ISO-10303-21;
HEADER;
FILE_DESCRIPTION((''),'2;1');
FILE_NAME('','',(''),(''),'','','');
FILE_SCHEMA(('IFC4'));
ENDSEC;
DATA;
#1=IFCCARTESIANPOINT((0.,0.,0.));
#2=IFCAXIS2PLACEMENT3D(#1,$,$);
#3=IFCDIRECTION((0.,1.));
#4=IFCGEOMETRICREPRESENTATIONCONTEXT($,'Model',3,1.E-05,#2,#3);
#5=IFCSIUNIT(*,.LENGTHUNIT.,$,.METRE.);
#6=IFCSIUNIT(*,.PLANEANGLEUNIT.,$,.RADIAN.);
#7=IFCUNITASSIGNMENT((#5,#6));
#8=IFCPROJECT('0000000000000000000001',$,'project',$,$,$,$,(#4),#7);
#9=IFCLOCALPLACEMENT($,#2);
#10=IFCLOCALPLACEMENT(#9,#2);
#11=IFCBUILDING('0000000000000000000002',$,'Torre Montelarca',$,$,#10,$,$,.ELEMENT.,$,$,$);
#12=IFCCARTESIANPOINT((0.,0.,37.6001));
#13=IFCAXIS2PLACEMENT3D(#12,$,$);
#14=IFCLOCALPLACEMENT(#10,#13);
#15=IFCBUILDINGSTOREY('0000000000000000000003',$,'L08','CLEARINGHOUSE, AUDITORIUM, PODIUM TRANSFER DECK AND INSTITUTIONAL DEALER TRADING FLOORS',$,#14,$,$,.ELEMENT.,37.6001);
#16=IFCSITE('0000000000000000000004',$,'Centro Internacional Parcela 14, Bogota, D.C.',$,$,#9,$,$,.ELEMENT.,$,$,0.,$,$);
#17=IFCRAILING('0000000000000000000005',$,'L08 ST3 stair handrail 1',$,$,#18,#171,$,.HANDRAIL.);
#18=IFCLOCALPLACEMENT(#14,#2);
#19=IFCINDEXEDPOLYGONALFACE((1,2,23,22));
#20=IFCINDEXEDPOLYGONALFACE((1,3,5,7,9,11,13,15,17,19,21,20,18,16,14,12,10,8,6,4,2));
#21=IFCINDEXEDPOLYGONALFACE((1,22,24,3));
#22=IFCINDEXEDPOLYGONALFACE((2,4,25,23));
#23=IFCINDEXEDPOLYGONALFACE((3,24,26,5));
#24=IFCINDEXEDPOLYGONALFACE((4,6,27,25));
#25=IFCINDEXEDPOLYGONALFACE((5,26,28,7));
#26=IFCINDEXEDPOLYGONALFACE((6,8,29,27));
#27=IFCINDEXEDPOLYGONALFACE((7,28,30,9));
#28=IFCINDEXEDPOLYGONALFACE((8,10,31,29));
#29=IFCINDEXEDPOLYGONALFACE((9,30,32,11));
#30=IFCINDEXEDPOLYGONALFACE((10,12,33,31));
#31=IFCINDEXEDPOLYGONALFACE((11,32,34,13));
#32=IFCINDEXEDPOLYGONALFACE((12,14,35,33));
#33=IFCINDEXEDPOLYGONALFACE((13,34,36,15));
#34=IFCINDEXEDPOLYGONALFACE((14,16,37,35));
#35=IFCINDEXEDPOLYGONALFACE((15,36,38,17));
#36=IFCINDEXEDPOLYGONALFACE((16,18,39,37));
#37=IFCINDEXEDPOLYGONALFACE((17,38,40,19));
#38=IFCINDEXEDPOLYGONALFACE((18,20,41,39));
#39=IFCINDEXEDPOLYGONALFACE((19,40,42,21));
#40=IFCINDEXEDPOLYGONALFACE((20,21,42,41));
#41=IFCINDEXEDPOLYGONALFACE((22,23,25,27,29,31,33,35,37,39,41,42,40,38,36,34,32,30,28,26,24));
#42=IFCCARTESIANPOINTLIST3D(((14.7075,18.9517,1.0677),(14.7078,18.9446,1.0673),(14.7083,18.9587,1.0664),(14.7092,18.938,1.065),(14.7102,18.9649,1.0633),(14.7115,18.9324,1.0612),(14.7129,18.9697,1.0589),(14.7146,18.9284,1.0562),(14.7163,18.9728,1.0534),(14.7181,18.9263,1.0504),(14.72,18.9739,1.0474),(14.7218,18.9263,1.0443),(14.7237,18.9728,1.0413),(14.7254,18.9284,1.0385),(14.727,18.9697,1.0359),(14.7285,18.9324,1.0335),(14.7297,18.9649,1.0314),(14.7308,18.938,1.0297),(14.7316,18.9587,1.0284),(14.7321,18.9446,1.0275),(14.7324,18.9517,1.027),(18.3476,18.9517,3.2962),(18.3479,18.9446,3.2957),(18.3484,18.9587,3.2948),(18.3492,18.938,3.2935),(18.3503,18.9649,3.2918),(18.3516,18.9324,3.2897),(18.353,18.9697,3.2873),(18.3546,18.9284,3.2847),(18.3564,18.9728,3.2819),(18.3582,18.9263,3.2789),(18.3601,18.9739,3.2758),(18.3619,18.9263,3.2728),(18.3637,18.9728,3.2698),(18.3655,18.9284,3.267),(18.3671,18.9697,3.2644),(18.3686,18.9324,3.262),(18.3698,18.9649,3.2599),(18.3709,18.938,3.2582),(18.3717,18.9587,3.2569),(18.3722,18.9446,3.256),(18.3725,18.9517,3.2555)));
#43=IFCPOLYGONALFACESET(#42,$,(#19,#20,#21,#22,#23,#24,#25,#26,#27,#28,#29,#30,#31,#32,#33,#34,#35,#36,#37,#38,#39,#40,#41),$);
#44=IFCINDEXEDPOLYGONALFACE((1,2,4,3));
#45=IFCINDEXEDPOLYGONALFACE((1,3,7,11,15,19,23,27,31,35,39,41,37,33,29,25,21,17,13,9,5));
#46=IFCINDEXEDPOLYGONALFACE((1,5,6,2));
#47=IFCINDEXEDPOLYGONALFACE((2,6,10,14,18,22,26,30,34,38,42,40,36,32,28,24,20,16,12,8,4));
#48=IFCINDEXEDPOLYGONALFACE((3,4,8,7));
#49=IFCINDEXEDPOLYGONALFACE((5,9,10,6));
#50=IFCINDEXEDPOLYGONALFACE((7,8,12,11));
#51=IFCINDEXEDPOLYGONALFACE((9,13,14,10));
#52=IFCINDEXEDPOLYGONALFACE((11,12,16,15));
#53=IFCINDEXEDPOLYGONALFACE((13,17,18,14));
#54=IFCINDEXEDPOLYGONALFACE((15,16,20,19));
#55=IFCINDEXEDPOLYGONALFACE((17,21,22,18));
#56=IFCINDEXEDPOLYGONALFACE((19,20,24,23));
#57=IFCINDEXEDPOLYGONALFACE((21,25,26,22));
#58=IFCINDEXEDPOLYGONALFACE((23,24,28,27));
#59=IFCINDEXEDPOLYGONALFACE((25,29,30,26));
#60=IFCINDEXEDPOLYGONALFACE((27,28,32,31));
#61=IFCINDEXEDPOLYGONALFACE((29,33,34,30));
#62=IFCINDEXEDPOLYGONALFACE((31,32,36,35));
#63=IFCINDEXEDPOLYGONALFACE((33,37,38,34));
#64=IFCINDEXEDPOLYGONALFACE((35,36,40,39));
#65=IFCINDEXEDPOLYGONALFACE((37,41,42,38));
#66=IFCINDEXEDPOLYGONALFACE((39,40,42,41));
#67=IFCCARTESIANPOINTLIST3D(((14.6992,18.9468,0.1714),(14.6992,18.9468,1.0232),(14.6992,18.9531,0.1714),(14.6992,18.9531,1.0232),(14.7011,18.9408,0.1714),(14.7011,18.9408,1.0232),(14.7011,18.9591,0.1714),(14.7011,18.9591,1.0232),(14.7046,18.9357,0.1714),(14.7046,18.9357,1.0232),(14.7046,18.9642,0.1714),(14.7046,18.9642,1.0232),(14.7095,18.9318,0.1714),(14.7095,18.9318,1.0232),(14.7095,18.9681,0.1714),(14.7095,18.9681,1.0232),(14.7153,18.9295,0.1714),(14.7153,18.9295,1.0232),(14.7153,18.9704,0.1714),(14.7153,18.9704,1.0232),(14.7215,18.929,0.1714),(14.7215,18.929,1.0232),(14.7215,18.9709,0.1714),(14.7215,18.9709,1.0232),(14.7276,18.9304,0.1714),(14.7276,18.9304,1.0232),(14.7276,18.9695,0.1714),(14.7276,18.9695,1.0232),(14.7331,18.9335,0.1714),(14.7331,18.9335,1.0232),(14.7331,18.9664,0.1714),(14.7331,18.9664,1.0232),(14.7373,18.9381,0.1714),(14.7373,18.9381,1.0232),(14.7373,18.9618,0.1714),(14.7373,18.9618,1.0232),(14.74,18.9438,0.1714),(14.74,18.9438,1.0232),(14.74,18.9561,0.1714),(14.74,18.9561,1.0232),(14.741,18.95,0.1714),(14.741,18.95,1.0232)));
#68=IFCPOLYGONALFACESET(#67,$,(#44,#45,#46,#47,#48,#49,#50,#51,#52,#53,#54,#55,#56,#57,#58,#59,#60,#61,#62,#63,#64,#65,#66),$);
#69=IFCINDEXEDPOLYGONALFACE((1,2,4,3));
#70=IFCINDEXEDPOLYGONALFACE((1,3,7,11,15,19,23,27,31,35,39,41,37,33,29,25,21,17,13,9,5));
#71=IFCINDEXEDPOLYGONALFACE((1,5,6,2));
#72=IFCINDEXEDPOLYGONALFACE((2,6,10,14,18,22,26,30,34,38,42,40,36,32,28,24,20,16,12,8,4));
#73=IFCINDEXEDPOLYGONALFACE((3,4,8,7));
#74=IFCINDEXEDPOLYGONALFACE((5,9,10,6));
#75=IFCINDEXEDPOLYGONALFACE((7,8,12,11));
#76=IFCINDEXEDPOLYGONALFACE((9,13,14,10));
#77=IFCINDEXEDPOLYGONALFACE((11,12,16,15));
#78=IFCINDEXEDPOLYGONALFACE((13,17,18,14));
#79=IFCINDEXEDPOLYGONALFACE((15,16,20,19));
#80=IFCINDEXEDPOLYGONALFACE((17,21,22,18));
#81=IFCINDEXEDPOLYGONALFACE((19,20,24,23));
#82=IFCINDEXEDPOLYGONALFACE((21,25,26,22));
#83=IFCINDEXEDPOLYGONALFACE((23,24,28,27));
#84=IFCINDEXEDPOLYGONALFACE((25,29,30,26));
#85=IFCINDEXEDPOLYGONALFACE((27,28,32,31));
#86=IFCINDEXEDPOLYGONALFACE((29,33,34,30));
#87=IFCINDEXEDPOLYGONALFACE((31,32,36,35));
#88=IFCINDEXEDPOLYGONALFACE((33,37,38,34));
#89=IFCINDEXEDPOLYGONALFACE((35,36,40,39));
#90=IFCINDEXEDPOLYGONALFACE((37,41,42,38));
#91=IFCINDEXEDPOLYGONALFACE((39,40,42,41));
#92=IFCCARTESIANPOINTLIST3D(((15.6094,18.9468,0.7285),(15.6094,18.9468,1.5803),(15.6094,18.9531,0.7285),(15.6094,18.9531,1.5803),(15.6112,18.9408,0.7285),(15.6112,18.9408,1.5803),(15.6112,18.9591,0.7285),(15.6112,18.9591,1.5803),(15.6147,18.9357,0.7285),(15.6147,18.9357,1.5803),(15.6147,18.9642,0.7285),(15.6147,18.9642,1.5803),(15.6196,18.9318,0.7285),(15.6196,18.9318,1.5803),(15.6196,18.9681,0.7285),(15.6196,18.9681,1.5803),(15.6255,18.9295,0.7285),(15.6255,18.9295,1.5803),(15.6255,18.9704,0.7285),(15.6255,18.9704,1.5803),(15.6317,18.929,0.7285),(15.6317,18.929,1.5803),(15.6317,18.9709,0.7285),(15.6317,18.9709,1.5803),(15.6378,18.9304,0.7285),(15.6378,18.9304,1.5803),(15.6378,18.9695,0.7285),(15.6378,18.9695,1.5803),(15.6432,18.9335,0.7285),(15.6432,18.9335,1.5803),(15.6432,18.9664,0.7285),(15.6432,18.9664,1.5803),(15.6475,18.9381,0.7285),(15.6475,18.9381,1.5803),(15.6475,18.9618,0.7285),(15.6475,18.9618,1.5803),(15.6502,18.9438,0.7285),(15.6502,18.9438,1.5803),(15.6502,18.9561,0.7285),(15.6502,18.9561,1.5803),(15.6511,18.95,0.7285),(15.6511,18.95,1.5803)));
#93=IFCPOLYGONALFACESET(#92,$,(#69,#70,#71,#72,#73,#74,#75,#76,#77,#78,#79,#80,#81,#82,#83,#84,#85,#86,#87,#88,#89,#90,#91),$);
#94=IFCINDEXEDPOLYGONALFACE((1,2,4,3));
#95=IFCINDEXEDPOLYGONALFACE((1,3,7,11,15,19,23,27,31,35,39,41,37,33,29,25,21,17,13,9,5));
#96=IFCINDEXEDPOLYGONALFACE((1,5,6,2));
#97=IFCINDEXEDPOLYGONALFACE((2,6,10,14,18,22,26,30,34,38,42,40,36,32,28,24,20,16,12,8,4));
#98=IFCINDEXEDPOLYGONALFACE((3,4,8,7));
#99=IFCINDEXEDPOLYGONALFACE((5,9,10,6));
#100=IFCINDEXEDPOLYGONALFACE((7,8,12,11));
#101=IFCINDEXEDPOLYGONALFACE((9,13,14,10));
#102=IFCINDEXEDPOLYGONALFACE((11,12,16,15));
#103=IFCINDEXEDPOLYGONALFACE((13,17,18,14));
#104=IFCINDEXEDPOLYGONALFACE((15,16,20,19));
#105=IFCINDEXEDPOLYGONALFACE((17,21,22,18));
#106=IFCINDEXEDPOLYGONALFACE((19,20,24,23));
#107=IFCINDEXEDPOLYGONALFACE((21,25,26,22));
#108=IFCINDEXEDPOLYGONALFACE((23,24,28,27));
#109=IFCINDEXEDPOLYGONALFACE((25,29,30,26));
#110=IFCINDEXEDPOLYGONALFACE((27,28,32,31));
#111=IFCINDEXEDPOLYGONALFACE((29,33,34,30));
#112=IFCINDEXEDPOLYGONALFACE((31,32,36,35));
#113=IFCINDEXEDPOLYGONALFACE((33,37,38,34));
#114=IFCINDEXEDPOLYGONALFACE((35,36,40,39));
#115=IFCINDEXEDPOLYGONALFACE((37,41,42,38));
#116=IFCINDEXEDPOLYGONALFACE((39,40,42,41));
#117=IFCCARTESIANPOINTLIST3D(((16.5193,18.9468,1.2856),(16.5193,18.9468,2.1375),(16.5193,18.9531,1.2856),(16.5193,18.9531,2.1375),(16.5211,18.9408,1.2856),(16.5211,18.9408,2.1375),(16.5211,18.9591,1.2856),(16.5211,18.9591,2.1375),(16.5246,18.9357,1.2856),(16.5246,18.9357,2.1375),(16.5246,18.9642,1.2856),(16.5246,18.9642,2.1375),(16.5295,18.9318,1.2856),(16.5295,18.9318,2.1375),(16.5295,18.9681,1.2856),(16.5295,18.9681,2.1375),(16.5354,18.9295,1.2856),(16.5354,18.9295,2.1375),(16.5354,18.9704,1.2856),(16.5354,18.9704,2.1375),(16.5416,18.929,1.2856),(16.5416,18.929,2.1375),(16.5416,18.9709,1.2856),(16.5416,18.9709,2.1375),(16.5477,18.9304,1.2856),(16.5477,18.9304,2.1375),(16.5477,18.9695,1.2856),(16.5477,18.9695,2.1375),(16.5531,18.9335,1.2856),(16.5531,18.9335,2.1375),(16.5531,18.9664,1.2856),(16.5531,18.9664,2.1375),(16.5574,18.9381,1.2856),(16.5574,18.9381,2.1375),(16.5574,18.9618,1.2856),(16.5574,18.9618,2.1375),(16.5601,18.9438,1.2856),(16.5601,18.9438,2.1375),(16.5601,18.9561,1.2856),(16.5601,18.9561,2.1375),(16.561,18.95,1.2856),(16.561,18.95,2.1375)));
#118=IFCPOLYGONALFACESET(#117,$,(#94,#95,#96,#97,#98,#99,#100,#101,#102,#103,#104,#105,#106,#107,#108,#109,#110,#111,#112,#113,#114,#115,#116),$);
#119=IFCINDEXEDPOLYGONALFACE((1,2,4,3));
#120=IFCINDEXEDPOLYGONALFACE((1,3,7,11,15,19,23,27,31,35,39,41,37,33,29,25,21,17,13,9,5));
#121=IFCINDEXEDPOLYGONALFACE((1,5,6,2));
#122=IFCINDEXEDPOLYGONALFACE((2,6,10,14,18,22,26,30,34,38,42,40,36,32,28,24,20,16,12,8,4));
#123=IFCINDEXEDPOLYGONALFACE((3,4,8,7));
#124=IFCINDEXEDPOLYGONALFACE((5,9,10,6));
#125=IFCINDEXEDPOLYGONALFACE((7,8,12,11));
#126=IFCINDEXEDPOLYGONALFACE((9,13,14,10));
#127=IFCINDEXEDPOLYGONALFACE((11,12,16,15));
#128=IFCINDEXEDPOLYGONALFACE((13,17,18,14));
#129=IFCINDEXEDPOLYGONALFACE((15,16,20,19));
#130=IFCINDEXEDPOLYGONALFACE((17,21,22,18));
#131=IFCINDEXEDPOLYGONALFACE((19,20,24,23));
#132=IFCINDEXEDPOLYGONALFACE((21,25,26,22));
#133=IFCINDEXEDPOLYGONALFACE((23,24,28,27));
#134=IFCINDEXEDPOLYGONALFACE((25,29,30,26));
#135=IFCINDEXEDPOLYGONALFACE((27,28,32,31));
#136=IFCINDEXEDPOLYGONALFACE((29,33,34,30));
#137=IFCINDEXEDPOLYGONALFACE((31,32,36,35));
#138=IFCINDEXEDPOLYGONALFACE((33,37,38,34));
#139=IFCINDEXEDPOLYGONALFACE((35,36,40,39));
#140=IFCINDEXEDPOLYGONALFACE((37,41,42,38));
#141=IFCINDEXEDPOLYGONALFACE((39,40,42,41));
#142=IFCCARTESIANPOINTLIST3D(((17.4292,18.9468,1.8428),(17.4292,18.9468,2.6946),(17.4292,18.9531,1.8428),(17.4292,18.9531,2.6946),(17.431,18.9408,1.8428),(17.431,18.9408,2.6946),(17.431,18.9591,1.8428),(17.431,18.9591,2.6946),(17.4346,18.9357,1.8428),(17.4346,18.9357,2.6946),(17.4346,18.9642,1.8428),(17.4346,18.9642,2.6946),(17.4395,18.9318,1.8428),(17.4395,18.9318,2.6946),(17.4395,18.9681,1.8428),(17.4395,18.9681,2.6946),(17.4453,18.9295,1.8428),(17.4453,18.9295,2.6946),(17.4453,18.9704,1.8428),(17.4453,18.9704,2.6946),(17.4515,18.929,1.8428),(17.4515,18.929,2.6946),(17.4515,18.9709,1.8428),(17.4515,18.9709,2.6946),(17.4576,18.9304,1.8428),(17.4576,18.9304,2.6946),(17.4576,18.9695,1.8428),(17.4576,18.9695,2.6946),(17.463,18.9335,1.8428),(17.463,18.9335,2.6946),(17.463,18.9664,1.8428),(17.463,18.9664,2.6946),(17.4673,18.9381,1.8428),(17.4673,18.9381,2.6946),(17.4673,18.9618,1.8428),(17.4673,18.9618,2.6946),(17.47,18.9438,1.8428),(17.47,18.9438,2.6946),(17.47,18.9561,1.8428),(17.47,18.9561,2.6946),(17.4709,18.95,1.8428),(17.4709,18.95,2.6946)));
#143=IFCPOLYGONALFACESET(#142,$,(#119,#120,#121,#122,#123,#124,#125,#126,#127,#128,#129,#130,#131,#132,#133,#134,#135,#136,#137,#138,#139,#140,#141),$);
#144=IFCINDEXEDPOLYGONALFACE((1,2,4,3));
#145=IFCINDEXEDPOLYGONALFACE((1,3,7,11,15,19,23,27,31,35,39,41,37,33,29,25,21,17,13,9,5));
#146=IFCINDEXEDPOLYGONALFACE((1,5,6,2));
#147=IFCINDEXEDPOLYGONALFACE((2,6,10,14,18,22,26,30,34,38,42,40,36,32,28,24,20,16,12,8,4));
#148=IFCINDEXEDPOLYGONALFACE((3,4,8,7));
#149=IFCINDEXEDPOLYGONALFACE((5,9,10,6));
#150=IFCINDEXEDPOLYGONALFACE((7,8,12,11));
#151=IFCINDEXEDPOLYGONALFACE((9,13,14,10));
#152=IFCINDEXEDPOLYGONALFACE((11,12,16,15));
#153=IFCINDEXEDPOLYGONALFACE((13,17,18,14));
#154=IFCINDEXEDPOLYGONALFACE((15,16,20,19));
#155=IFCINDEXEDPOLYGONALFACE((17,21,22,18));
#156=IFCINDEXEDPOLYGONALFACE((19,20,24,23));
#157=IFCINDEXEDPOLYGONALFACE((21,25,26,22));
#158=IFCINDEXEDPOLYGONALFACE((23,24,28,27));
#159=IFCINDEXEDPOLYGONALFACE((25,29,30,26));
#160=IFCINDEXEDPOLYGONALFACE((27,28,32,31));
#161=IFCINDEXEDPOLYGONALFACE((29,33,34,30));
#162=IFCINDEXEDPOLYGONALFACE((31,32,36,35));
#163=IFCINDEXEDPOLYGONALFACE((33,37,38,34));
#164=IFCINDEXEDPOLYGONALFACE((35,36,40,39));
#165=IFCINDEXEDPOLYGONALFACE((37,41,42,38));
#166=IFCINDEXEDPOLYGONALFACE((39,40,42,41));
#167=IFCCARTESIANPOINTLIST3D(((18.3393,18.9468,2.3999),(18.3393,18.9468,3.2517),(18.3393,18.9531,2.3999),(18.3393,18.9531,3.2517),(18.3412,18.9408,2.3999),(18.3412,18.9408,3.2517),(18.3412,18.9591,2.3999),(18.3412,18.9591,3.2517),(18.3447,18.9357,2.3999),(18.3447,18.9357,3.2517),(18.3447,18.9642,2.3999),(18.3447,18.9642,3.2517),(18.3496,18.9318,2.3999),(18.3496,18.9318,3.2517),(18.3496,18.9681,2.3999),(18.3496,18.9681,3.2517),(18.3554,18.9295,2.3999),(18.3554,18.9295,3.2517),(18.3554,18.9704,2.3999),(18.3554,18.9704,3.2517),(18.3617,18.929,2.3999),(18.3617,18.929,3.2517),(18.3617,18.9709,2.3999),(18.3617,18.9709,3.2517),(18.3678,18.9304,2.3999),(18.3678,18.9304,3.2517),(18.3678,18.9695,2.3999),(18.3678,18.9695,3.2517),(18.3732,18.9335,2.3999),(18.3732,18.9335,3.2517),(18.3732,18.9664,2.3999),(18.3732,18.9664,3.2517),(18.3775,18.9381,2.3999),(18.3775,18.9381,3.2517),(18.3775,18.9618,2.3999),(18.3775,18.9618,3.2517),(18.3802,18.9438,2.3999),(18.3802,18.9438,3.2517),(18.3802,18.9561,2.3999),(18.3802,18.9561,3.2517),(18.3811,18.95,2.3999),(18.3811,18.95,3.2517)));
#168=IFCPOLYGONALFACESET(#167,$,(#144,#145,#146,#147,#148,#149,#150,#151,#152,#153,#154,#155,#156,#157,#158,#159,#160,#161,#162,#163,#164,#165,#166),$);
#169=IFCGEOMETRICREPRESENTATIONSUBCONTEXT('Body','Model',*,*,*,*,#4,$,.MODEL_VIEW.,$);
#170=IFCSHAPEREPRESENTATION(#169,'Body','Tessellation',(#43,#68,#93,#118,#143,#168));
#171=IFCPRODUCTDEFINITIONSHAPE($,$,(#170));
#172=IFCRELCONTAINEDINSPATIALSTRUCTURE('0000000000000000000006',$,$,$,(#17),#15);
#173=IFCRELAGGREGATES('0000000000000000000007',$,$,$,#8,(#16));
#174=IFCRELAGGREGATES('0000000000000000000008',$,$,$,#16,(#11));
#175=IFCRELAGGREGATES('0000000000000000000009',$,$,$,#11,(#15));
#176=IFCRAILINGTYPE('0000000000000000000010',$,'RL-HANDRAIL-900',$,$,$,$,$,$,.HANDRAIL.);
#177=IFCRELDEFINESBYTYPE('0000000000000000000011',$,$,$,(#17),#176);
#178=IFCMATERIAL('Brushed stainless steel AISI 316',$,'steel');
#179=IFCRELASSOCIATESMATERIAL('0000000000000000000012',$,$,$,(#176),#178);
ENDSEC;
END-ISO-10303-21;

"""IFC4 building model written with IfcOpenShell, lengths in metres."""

from ifc_helpers import new_model, si_unit, direction, frame, origin, origin_2d, place, context, subcontext, project, spatial, circle, extrude, material, type_object, element, save


model = new_model("IFC4")

# Units and contexts
model_context = context("Model", 3, precision=1e-05, world=origin(), true_north=direction((0.0, 1.0)))
body_context = subcontext(model_context, "Body", "Model", "MODEL_VIEW")
ifc_project = project(units=[si_unit("LENGTHUNIT", "METRE"), si_unit("PLANEANGLEUNIT", "RADIAN")], contexts=[model_context])

# Site, building, storey
site_placement = place(None, origin())
site = spatial("IfcSite", under=ifc_project, at=site_placement, Name="Centro Internacional Parcela 14, Bogota, D.C.", CompositionType="ELEMENT", RefElevation=0.0)
building_placement = place(site_placement, origin())
building = spatial("IfcBuilding", under=site, at=building_placement, Name="Torre Montelarca", CompositionType="ELEMENT")
storey_placement = place(building_placement, frame((0.0, 0.0, 37.6001)))
storey = spatial("IfcBuildingStorey", under=building, at=storey_placement, Name="L08", Description="CLEARINGHOUSE, AUDITORIUM, PODIUM TRANSFER DECK AND INSTITUTIONAL DEALER TRADING FLOORS", CompositionType="ELEMENT", Elevation=37.6001)

# Railing
ifc_material_1 = material(Name="Brushed stainless steel AISI 316", Category="steel")
railing_type_1 = type_object("IfcRailingType", Name="RL-HANDRAIL-900", PredefinedType="HANDRAIL", material=ifc_material_1)
railing_1_placement = place(storey_placement, frame((14.72, 18.95, 0.1714)))
element("IfcRailing", 1, at=railing_1_placement, inside=storey, type_object=railing_type_1, Name="L08 ST3 stair handrail 1", PredefinedType="HANDRAIL", context=body_context, shape_type="SweptSolid", body=[
    extrude(circle(Radius=0.0239, at=origin_2d()), frame((0.0, 0.0, 0.876), z_axis=(0.852866, 0.0, 0.52213), x_axis=(0.0, 1.0, 0.0)), (0.0, 0.0, 1.0), 4.2681),
    extrude(circle(Radius=0.021, at=origin_2d()), origin(), (0.0, 0.0, 1.0), 0.8518),
    extrude(circle(Radius=0.021, at=origin_2d()), frame((0.9102, 0.0, 0.5571)), (0.0, 0.0, 1.0), 0.8518),
    extrude(circle(Radius=0.021, at=origin_2d()), frame((1.8201, 0.0, 1.1143)), (0.0, 0.0, 1.0), 0.8518),
    extrude(circle(Radius=0.021, at=origin_2d()), frame((2.73, 0.0, 1.6714)), (0.0, 0.0, 1.0), 0.8518),
    extrude(circle(Radius=0.021, at=origin_2d()), frame((3.6401, 0.0, 2.2285)), (0.0, 0.0, 1.0), 0.8518),
])

save(model, "model.ifc")
